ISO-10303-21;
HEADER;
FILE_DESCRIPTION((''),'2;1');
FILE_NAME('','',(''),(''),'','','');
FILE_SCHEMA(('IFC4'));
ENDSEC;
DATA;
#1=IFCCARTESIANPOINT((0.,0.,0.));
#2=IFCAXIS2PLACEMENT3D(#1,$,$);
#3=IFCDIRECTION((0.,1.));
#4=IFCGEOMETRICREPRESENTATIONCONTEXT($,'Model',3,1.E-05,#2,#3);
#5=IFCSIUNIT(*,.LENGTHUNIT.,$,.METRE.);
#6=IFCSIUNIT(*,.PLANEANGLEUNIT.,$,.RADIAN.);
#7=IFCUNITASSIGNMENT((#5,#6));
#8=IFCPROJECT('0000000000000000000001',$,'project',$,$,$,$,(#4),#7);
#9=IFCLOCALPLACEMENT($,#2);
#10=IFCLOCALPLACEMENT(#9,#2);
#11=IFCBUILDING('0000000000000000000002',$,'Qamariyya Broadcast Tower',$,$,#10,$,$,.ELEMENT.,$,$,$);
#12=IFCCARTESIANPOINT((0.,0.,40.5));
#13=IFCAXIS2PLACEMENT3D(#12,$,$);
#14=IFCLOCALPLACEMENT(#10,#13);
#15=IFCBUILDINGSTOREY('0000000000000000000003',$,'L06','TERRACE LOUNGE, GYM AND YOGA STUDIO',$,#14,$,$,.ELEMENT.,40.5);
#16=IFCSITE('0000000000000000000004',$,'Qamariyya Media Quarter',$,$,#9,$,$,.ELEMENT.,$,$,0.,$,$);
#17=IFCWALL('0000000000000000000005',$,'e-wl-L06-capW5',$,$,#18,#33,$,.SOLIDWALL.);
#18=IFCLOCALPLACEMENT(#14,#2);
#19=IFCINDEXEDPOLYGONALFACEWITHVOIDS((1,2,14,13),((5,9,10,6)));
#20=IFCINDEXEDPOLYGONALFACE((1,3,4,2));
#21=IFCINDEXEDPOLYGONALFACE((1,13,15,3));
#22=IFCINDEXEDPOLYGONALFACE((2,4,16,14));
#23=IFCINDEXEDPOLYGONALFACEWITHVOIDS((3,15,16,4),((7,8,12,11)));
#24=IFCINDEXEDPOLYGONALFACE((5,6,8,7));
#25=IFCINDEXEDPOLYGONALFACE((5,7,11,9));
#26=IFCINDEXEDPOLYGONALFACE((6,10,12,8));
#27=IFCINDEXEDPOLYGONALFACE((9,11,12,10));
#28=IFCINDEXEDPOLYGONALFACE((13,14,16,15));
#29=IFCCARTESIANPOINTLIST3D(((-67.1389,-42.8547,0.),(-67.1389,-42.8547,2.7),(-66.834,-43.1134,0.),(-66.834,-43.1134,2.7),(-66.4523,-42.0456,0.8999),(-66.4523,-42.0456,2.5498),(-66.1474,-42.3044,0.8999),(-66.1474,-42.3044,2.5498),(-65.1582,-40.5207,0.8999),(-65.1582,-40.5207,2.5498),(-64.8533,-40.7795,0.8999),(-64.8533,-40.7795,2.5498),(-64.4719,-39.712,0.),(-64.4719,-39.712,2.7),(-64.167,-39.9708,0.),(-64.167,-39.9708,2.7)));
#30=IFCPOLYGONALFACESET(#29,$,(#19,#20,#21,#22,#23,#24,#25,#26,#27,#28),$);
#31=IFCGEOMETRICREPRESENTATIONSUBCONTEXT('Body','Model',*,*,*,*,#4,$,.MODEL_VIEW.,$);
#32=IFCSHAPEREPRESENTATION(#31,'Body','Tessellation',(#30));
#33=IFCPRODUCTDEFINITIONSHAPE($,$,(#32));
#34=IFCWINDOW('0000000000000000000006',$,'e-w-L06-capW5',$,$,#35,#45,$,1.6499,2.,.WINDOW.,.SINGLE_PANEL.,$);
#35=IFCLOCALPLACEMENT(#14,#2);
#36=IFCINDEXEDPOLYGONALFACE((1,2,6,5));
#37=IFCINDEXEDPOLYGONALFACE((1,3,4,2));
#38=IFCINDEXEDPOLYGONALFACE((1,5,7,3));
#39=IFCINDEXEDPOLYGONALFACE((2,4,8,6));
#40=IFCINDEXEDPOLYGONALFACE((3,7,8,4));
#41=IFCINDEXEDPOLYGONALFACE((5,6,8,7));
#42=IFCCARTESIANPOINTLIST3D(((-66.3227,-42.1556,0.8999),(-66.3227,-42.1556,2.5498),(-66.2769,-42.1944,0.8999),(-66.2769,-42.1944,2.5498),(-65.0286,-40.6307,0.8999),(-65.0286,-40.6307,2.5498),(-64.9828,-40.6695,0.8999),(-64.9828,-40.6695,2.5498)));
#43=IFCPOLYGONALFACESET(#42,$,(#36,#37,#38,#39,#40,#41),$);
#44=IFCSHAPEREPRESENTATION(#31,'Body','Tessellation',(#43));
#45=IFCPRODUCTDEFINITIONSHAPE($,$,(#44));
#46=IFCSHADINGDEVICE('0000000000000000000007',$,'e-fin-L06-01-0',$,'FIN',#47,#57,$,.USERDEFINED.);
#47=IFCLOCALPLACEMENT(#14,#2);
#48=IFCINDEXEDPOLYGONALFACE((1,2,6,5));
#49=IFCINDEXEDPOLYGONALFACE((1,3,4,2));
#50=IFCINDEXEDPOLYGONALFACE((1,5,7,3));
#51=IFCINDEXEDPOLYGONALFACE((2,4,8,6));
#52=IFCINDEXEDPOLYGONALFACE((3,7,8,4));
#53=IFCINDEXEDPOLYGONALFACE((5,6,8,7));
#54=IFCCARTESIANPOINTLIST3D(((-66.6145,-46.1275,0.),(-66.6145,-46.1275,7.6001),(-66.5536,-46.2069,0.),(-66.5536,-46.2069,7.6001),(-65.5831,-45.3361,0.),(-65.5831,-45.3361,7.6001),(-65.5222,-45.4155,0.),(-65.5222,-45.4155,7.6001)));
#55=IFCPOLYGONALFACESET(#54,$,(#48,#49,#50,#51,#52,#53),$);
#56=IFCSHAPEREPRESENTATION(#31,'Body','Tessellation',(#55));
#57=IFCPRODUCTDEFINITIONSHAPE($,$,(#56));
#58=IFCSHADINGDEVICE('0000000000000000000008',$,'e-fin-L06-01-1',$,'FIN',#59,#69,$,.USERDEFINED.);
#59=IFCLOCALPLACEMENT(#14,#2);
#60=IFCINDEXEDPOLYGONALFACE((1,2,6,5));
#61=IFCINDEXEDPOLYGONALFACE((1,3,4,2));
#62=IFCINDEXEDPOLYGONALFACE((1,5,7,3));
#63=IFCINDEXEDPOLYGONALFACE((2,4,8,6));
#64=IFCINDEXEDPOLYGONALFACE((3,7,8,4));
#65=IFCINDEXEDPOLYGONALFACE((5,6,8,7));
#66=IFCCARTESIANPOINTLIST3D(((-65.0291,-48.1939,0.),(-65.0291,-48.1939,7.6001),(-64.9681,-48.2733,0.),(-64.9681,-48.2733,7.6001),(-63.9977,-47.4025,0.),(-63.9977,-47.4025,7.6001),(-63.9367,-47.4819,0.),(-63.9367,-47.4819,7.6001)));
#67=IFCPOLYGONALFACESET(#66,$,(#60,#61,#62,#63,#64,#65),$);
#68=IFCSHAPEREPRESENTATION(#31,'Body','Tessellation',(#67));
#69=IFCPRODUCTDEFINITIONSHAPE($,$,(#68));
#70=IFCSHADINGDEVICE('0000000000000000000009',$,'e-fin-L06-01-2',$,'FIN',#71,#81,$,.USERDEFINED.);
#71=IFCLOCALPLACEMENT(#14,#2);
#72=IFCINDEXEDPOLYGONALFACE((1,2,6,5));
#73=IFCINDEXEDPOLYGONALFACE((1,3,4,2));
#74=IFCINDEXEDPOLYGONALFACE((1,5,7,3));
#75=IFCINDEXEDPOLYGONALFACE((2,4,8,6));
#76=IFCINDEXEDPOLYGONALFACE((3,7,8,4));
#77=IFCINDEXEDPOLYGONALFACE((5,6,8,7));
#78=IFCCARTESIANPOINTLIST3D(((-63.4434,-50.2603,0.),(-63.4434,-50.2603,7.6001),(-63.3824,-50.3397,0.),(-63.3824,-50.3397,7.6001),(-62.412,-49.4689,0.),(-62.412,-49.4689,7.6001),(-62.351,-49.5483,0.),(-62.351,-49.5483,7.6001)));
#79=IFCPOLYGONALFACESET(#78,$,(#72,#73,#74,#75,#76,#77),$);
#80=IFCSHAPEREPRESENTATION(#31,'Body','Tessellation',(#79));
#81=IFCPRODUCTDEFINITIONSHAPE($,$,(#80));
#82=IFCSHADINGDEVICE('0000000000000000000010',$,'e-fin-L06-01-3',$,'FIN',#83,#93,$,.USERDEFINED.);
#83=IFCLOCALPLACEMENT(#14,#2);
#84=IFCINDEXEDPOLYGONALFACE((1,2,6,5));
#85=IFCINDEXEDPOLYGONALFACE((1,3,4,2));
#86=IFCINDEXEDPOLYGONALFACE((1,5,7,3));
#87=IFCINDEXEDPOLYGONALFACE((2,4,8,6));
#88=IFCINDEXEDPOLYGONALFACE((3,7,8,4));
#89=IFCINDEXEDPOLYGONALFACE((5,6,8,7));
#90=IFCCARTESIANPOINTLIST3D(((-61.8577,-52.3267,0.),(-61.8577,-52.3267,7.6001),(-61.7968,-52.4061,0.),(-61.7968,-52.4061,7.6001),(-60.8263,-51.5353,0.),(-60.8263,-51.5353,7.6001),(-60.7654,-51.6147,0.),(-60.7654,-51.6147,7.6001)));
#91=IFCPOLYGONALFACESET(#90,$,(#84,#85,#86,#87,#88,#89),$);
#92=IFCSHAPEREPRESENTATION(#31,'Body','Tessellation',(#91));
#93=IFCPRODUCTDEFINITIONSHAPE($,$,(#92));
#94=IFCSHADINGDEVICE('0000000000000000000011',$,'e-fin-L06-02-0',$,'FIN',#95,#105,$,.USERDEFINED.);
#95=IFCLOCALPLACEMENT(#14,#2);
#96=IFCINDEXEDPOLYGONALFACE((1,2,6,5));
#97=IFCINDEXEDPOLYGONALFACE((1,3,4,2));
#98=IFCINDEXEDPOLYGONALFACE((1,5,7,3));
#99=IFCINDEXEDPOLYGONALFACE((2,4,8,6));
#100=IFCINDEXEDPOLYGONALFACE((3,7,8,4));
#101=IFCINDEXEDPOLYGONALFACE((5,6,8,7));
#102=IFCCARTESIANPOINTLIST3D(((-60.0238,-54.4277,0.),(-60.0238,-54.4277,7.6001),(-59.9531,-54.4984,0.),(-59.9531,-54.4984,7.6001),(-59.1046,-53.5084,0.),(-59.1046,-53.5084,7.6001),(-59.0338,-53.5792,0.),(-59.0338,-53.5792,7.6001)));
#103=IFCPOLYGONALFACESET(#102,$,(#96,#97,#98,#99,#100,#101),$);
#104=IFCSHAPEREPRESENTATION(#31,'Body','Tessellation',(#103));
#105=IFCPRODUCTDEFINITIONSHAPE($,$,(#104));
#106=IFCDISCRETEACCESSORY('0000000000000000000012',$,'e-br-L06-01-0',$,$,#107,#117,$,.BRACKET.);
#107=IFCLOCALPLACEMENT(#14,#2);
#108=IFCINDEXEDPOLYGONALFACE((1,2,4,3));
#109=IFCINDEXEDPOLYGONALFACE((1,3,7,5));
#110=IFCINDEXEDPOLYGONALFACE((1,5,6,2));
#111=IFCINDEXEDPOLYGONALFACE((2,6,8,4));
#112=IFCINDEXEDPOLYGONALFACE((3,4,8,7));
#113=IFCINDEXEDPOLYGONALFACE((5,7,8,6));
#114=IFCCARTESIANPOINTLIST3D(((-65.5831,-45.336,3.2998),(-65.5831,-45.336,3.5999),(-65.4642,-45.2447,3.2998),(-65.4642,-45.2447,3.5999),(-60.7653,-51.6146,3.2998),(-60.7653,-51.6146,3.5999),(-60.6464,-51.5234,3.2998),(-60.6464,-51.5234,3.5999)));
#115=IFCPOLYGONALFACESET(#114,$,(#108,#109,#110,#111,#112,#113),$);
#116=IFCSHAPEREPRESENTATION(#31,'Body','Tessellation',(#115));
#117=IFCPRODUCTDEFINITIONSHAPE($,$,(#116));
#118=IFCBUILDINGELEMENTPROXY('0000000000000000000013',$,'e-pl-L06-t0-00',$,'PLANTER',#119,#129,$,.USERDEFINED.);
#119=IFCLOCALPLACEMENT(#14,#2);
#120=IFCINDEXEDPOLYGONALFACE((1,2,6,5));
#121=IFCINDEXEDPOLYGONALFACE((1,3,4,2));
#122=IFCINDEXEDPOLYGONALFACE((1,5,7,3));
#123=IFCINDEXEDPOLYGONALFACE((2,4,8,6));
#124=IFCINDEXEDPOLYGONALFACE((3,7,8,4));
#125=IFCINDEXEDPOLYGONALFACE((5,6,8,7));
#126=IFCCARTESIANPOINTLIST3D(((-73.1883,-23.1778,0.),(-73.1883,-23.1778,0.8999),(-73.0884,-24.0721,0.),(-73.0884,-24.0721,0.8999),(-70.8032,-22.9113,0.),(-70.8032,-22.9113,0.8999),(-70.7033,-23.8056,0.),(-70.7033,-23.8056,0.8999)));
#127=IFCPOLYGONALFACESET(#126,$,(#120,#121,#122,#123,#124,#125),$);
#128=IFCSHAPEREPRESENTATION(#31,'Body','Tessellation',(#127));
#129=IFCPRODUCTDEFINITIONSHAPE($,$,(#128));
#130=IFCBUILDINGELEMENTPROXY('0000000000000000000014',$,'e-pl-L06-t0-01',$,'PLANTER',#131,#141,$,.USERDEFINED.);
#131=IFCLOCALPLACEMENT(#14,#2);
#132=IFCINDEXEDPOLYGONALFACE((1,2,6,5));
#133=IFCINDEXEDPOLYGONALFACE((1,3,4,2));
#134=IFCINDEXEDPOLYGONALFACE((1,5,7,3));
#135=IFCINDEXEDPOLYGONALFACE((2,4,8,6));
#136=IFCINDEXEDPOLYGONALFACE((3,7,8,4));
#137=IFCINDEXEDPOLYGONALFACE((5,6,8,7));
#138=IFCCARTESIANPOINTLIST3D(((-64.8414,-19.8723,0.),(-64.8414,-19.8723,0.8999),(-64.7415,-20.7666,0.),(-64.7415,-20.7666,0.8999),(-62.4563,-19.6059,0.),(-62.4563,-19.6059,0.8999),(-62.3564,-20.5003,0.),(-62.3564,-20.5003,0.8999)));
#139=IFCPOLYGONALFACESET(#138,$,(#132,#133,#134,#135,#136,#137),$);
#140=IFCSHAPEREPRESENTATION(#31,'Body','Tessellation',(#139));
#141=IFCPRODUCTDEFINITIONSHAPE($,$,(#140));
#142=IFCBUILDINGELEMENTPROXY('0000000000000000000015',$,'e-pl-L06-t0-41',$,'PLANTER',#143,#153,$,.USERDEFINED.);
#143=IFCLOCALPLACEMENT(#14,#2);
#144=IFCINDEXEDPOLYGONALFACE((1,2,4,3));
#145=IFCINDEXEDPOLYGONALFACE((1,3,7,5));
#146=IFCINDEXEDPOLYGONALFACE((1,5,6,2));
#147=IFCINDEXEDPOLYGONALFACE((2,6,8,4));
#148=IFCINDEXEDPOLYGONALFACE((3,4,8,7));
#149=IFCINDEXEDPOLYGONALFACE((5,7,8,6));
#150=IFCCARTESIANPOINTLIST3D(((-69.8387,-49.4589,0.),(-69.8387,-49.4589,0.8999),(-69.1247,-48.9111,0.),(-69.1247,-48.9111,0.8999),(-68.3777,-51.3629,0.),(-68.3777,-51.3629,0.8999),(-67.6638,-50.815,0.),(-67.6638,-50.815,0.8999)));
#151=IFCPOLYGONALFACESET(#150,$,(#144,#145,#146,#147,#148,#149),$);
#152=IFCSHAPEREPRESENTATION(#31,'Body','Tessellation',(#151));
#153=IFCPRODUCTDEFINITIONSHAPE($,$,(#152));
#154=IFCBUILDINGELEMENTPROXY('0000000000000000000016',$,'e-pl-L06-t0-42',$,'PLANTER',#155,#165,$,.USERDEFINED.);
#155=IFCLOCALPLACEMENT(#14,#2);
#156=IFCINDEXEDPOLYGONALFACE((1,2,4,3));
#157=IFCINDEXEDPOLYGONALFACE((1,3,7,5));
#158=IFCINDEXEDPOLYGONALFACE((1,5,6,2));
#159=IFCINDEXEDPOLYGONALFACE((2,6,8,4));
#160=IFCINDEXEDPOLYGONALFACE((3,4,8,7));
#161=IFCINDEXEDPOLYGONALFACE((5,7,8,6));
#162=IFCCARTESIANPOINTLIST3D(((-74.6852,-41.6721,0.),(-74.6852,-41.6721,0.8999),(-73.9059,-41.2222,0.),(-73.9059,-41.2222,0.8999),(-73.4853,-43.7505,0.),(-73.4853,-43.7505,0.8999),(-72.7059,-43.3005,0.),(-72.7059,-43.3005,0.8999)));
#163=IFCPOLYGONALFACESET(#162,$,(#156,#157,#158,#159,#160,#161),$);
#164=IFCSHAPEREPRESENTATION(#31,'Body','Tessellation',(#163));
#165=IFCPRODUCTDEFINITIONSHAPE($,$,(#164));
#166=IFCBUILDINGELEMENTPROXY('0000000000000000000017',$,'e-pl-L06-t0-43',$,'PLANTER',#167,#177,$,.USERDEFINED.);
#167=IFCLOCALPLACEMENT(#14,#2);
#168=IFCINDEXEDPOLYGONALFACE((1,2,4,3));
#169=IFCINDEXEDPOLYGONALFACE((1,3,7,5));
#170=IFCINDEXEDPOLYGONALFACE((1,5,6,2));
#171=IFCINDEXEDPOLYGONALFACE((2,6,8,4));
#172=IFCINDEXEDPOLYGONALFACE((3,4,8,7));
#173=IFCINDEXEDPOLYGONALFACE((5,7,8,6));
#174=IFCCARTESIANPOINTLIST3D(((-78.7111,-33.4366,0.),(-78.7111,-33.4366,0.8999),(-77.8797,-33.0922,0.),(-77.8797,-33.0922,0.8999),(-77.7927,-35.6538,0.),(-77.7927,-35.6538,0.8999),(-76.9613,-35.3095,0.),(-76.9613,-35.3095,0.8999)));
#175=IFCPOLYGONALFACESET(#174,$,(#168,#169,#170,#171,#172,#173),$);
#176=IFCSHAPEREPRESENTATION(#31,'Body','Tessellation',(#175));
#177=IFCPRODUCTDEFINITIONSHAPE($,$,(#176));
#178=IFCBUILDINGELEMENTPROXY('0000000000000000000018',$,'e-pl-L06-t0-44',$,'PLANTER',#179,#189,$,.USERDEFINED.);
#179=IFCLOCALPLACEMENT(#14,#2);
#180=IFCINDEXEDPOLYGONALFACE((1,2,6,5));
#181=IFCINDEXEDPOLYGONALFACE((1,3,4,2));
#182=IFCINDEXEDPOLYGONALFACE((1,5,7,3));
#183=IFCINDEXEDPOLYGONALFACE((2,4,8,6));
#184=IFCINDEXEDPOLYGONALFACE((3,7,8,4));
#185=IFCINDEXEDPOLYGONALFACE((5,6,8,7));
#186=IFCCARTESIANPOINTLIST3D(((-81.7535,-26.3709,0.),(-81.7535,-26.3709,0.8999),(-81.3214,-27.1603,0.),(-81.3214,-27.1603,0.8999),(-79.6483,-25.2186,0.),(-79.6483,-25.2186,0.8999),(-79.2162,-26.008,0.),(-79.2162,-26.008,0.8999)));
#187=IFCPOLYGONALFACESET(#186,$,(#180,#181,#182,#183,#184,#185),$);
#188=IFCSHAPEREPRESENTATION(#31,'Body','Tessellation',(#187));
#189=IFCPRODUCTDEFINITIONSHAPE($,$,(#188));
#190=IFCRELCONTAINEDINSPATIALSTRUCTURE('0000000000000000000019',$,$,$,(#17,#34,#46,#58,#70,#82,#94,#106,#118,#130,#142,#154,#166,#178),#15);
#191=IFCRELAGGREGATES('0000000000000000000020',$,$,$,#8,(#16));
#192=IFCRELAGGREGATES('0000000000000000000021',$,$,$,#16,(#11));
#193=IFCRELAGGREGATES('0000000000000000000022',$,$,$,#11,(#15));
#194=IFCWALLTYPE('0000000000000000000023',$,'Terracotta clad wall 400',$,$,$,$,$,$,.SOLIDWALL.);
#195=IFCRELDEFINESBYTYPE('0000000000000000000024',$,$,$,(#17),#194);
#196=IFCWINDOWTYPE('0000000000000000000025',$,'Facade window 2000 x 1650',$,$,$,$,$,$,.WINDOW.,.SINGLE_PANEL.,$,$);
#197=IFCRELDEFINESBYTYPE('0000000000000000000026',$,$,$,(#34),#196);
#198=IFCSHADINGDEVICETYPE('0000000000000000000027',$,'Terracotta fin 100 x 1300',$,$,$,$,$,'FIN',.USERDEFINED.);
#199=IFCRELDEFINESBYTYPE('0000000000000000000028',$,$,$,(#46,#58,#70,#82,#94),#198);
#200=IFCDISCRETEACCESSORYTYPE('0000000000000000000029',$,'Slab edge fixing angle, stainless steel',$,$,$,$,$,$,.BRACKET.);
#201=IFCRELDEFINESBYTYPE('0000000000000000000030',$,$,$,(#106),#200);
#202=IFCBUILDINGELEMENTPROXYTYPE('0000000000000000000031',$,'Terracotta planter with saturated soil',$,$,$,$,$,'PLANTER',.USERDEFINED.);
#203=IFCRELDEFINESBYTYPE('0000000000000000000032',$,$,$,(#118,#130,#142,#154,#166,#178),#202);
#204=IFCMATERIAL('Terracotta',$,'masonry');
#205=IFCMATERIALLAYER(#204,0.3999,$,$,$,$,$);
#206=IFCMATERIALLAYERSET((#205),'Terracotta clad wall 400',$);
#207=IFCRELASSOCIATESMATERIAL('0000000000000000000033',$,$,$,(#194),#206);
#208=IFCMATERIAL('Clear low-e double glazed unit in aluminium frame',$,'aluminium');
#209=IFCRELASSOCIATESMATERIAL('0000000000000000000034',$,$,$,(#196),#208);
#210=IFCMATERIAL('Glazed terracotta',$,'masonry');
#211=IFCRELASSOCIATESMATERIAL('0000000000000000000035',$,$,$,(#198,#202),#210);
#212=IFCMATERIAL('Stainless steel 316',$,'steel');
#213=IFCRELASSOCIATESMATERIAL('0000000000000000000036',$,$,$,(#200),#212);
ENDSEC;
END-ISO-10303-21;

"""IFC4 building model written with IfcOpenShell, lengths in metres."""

from ifc_helpers import new_model, si_unit, direction, frame, frame_2d, origin, origin_2d, place, context, subcontext, project, spatial, rectangle, extrude, material, layer, layer_set, material_profile, profile_set, type_object, element, fill, save


model = new_model("IFC4")

# Units and contexts
model_context = context("Model", 3, precision=1e-05, world=origin(), true_north=direction((0.0, 1.0)))
body_context = subcontext(model_context, "Body", "Model", "MODEL_VIEW")
ifc_project = project(units=[si_unit("LENGTHUNIT", "METRE"), si_unit("PLANEANGLEUNIT", "RADIAN")], contexts=[model_context])

# Site, building, storey
site_placement = place(None, origin())
site = spatial("IfcSite", under=ifc_project, at=site_placement, Name="Qamariyya Media Quarter", CompositionType="ELEMENT", RefElevation=0.0)
building_placement = place(site_placement, origin())
building = spatial("IfcBuilding", under=site, at=building_placement, Name="Qamariyya Broadcast Tower", CompositionType="ELEMENT")
storey_placement = place(building_placement, frame((0.0, 0.0, 40.5)))
storey = spatial("IfcBuildingStorey", under=building, at=storey_placement, Name="L06", Description="TERRACE LOUNGE, GYM AND YOGA STUDIO", CompositionType="ELEMENT", Elevation=40.5)

# Wall, opening, window
ifc_material_1 = material(Name="Terracotta", Category="masonry")
ifc_layer = layer(ifc_material_1, 0.3999)
ifc_layer_set = layer_set([ifc_layer], Name="Terracotta clad wall 400")
wall_type = type_object("IfcWallType", Name="Terracotta clad wall 400", PredefinedType="SOLIDWALL", material=ifc_layer_set)
ifc_material_2 = material(Name="Clear low-e double glazed unit in aluminium frame", Category="aluminium")
window_type = type_object("IfcWindowType", Name="Facade window 2000 x 1650", PartitioningType="SINGLE_PANEL", PredefinedType="WINDOW", material=ifc_material_2)
wall_1_placement = place(storey_placement, frame((-64.3193, -39.8413, 0.0), z_axis=(0.0, 0.0, 1.0), x_axis=(-0.647057, -0.762442, 0.0)))
wall_1 = element("IfcWall", 1, at=wall_1_placement, inside=storey, type_object=wall_type, Name="e-wl-L06-capW5", PredefinedType="SOLIDWALL", context=body_context, shape_type="SweptSolid", body=[
    extrude(rectangle(XDim=4.1218, YDim=0.3999, at=frame_2d((2.061, 0.0))), origin(), (0.0, 0.0, 1.0), 2.7),
])
opening_1_placement = place(wall_1_placement, frame((1.0608, 0.0, 0.8999)))
opening_1 = element("IfcOpeningElement", 2, at=opening_1_placement, cuts=wall_1, PredefinedType="OPENING", context=body_context, shape_type="SweptSolid", body=[
    extrude(rectangle(XDim=2.0, YDim=1.6499, at=frame_2d((1.0, 0.825))), frame((0.0, 0.21, 0.0), z_axis=(0.0, -1.0, 0.0), x_axis=(1.0, 0.0, 0.0)), (0.0, 0.0, 1.0), 0.4199),
])
window_1_placement = place(opening_1_placement, origin())
window_1 = element("IfcWindow", 3, at=window_1_placement, inside=storey, type_object=window_type, Name="e-w-L06-capW5", OverallHeight=1.6499, OverallWidth=2.0, PartitioningType="SINGLE_PANEL", PredefinedType="WINDOW", context=body_context, shape_type="SweptSolid", body=[
    extrude(rectangle(XDim=2.0, YDim=1.6499, at=frame_2d((1.0, 0.825))), frame((0.0, 0.03, 0.0), z_axis=(0.0, -1.0, 0.0), x_axis=(1.0, 0.0, 0.0)), (0.0, 0.0, 1.0), 0.0601),
])
fill(opening_1, window_1)

# Shading devices
ifc_material_3 = material(Name="Glazed terracotta", Category="masonry")
ifc_material_profile_1 = material_profile(ifc_material_3, rectangle(XDim=1.3, YDim=0.1001, at=origin_2d()))
ifc_profile_set_1 = profile_set([ifc_material_profile_1], Name="Glazed terracotta")
shading_device_type_1 = type_object("IfcShadingDeviceType", Name="Terracotta fin 100 x 1300", ElementType="FIN", PredefinedType="USERDEFINED", material=ifc_profile_set_1)
for number, where, z_axis, x_axis, name in (
    (4, (-66.0684, -45.7715, 0.0), (0.0, 0.0, 1.0), (-0.793353, -0.608761, 0.0), "e-fin-L06-01-0"),
    (5, (-64.4829, -47.8379, 0.0), (0.0, 0.0, 1.0), (-0.793353, -0.608761, 0.0), "e-fin-L06-01-1"),
    (6, (-62.8972, -49.9043, 0.0), (0.0, 0.0, 1.0), (-0.793353, -0.608761, 0.0), "e-fin-L06-01-2"),
    (7, (-61.3115, -51.9707, 0.0), (0.0, 0.0, 1.0), (-0.793353, -0.608761, 0.0), "e-fin-L06-01-3"),
    (8, (-59.5288, -54.0034, 0.0), (0.0, 0.0, 1.0), (-0.707107, -0.707107, 0.0), "e-fin-L06-02-0"),
):
    element("IfcShadingDevice", number, at=place(storey_placement, frame(where, z_axis=z_axis, x_axis=x_axis)), inside=storey, type_object=shading_device_type_1, Name=name, ObjectType="FIN", PredefinedType="USERDEFINED", context=body_context, shape_type="SweptSolid", body=[
        extrude(rectangle(XDim=1.3, YDim=0.1001, at=origin_2d()), origin(), (0.0, 0.0, 1.0), 7.6001),
    ])

# Discrete accessory
ifc_material_4 = material(Name="Stainless steel 316", Category="steel")
discrete_accessory_type = type_object("IfcDiscreteAccessoryType", Name="Slab edge fixing angle, stainless steel", PredefinedType="BRACKET", material=ifc_material_4)
discrete_accessory_placement = place(storey_placement, frame((-63.1147, -48.4297, 3.2998), z_axis=(0.0, 0.0, 1.0), x_axis=(0.608761, -0.793353, 0.0)))
element("IfcDiscreteAccessory", 9, at=discrete_accessory_placement, inside=storey, type_object=discrete_accessory_type, Name="e-br-L06-01-0", PredefinedType="BRACKET", context=body_context, shape_type="SweptSolid", body=[
    extrude(rectangle(XDim=7.9141, YDim=0.1499, at=origin_2d()), origin(), (0.0, 0.0, 1.0), 0.3),
])

# Building element proxies
building_element_proxy_type = type_object("IfcBuildingElementProxyType", Name="Terracotta planter with saturated soil", ElementType="PLANTER", PredefinedType="USERDEFINED", material=ifc_material_3)
for number, where, z_axis, x_axis, name in (
    (10, (-71.9458, -23.4917, 0.0), (0.0, 0.0, 1.0), (0.993816, 0.111042, 0.0), "e-pl-L06-t0-00"),
    (11, (-63.5989, -20.1863, 0.0), (0.0, 0.0, 1.0), (0.993821, 0.110995, 0.0), "e-pl-L06-t0-01"),
    (12, (-68.7512, -50.137, 0.0), (0.0, 0.0, 1.0), (-0.608761, 0.793353, 0.0), "e-pl-L06-t0-41"),
    (13, (-73.6956, -42.4863, 0.0), (0.0, 0.0, 1.0), (-0.5, 0.866025, 0.0), "e-pl-L06-t0-42"),
    (14, (-77.8362, -34.373, 0.0), (0.0, 0.0, 1.0), (-0.382683, 0.92388, 0.0), "e-pl-L06-t0-43"),
    (15, (-80.4849, -26.1895, 0.0), (0.0, 0.0, 1.0), (0.877209, 0.480108, 0.0), "e-pl-L06-t0-44"),
):
    element("IfcBuildingElementProxy", number, at=place(storey_placement, frame(where, z_axis=z_axis, x_axis=x_axis)), inside=storey, type_object=building_element_proxy_type, Name=name, ObjectType="PLANTER", PredefinedType="USERDEFINED", context=body_context, shape_type="SweptSolid", body=[
        extrude(rectangle(XDim=2.3999, YDim=0.8999, at=origin_2d()), origin(), (0.0, 0.0, 1.0), 0.8999),
    ])

save(model, "model.ifc")
